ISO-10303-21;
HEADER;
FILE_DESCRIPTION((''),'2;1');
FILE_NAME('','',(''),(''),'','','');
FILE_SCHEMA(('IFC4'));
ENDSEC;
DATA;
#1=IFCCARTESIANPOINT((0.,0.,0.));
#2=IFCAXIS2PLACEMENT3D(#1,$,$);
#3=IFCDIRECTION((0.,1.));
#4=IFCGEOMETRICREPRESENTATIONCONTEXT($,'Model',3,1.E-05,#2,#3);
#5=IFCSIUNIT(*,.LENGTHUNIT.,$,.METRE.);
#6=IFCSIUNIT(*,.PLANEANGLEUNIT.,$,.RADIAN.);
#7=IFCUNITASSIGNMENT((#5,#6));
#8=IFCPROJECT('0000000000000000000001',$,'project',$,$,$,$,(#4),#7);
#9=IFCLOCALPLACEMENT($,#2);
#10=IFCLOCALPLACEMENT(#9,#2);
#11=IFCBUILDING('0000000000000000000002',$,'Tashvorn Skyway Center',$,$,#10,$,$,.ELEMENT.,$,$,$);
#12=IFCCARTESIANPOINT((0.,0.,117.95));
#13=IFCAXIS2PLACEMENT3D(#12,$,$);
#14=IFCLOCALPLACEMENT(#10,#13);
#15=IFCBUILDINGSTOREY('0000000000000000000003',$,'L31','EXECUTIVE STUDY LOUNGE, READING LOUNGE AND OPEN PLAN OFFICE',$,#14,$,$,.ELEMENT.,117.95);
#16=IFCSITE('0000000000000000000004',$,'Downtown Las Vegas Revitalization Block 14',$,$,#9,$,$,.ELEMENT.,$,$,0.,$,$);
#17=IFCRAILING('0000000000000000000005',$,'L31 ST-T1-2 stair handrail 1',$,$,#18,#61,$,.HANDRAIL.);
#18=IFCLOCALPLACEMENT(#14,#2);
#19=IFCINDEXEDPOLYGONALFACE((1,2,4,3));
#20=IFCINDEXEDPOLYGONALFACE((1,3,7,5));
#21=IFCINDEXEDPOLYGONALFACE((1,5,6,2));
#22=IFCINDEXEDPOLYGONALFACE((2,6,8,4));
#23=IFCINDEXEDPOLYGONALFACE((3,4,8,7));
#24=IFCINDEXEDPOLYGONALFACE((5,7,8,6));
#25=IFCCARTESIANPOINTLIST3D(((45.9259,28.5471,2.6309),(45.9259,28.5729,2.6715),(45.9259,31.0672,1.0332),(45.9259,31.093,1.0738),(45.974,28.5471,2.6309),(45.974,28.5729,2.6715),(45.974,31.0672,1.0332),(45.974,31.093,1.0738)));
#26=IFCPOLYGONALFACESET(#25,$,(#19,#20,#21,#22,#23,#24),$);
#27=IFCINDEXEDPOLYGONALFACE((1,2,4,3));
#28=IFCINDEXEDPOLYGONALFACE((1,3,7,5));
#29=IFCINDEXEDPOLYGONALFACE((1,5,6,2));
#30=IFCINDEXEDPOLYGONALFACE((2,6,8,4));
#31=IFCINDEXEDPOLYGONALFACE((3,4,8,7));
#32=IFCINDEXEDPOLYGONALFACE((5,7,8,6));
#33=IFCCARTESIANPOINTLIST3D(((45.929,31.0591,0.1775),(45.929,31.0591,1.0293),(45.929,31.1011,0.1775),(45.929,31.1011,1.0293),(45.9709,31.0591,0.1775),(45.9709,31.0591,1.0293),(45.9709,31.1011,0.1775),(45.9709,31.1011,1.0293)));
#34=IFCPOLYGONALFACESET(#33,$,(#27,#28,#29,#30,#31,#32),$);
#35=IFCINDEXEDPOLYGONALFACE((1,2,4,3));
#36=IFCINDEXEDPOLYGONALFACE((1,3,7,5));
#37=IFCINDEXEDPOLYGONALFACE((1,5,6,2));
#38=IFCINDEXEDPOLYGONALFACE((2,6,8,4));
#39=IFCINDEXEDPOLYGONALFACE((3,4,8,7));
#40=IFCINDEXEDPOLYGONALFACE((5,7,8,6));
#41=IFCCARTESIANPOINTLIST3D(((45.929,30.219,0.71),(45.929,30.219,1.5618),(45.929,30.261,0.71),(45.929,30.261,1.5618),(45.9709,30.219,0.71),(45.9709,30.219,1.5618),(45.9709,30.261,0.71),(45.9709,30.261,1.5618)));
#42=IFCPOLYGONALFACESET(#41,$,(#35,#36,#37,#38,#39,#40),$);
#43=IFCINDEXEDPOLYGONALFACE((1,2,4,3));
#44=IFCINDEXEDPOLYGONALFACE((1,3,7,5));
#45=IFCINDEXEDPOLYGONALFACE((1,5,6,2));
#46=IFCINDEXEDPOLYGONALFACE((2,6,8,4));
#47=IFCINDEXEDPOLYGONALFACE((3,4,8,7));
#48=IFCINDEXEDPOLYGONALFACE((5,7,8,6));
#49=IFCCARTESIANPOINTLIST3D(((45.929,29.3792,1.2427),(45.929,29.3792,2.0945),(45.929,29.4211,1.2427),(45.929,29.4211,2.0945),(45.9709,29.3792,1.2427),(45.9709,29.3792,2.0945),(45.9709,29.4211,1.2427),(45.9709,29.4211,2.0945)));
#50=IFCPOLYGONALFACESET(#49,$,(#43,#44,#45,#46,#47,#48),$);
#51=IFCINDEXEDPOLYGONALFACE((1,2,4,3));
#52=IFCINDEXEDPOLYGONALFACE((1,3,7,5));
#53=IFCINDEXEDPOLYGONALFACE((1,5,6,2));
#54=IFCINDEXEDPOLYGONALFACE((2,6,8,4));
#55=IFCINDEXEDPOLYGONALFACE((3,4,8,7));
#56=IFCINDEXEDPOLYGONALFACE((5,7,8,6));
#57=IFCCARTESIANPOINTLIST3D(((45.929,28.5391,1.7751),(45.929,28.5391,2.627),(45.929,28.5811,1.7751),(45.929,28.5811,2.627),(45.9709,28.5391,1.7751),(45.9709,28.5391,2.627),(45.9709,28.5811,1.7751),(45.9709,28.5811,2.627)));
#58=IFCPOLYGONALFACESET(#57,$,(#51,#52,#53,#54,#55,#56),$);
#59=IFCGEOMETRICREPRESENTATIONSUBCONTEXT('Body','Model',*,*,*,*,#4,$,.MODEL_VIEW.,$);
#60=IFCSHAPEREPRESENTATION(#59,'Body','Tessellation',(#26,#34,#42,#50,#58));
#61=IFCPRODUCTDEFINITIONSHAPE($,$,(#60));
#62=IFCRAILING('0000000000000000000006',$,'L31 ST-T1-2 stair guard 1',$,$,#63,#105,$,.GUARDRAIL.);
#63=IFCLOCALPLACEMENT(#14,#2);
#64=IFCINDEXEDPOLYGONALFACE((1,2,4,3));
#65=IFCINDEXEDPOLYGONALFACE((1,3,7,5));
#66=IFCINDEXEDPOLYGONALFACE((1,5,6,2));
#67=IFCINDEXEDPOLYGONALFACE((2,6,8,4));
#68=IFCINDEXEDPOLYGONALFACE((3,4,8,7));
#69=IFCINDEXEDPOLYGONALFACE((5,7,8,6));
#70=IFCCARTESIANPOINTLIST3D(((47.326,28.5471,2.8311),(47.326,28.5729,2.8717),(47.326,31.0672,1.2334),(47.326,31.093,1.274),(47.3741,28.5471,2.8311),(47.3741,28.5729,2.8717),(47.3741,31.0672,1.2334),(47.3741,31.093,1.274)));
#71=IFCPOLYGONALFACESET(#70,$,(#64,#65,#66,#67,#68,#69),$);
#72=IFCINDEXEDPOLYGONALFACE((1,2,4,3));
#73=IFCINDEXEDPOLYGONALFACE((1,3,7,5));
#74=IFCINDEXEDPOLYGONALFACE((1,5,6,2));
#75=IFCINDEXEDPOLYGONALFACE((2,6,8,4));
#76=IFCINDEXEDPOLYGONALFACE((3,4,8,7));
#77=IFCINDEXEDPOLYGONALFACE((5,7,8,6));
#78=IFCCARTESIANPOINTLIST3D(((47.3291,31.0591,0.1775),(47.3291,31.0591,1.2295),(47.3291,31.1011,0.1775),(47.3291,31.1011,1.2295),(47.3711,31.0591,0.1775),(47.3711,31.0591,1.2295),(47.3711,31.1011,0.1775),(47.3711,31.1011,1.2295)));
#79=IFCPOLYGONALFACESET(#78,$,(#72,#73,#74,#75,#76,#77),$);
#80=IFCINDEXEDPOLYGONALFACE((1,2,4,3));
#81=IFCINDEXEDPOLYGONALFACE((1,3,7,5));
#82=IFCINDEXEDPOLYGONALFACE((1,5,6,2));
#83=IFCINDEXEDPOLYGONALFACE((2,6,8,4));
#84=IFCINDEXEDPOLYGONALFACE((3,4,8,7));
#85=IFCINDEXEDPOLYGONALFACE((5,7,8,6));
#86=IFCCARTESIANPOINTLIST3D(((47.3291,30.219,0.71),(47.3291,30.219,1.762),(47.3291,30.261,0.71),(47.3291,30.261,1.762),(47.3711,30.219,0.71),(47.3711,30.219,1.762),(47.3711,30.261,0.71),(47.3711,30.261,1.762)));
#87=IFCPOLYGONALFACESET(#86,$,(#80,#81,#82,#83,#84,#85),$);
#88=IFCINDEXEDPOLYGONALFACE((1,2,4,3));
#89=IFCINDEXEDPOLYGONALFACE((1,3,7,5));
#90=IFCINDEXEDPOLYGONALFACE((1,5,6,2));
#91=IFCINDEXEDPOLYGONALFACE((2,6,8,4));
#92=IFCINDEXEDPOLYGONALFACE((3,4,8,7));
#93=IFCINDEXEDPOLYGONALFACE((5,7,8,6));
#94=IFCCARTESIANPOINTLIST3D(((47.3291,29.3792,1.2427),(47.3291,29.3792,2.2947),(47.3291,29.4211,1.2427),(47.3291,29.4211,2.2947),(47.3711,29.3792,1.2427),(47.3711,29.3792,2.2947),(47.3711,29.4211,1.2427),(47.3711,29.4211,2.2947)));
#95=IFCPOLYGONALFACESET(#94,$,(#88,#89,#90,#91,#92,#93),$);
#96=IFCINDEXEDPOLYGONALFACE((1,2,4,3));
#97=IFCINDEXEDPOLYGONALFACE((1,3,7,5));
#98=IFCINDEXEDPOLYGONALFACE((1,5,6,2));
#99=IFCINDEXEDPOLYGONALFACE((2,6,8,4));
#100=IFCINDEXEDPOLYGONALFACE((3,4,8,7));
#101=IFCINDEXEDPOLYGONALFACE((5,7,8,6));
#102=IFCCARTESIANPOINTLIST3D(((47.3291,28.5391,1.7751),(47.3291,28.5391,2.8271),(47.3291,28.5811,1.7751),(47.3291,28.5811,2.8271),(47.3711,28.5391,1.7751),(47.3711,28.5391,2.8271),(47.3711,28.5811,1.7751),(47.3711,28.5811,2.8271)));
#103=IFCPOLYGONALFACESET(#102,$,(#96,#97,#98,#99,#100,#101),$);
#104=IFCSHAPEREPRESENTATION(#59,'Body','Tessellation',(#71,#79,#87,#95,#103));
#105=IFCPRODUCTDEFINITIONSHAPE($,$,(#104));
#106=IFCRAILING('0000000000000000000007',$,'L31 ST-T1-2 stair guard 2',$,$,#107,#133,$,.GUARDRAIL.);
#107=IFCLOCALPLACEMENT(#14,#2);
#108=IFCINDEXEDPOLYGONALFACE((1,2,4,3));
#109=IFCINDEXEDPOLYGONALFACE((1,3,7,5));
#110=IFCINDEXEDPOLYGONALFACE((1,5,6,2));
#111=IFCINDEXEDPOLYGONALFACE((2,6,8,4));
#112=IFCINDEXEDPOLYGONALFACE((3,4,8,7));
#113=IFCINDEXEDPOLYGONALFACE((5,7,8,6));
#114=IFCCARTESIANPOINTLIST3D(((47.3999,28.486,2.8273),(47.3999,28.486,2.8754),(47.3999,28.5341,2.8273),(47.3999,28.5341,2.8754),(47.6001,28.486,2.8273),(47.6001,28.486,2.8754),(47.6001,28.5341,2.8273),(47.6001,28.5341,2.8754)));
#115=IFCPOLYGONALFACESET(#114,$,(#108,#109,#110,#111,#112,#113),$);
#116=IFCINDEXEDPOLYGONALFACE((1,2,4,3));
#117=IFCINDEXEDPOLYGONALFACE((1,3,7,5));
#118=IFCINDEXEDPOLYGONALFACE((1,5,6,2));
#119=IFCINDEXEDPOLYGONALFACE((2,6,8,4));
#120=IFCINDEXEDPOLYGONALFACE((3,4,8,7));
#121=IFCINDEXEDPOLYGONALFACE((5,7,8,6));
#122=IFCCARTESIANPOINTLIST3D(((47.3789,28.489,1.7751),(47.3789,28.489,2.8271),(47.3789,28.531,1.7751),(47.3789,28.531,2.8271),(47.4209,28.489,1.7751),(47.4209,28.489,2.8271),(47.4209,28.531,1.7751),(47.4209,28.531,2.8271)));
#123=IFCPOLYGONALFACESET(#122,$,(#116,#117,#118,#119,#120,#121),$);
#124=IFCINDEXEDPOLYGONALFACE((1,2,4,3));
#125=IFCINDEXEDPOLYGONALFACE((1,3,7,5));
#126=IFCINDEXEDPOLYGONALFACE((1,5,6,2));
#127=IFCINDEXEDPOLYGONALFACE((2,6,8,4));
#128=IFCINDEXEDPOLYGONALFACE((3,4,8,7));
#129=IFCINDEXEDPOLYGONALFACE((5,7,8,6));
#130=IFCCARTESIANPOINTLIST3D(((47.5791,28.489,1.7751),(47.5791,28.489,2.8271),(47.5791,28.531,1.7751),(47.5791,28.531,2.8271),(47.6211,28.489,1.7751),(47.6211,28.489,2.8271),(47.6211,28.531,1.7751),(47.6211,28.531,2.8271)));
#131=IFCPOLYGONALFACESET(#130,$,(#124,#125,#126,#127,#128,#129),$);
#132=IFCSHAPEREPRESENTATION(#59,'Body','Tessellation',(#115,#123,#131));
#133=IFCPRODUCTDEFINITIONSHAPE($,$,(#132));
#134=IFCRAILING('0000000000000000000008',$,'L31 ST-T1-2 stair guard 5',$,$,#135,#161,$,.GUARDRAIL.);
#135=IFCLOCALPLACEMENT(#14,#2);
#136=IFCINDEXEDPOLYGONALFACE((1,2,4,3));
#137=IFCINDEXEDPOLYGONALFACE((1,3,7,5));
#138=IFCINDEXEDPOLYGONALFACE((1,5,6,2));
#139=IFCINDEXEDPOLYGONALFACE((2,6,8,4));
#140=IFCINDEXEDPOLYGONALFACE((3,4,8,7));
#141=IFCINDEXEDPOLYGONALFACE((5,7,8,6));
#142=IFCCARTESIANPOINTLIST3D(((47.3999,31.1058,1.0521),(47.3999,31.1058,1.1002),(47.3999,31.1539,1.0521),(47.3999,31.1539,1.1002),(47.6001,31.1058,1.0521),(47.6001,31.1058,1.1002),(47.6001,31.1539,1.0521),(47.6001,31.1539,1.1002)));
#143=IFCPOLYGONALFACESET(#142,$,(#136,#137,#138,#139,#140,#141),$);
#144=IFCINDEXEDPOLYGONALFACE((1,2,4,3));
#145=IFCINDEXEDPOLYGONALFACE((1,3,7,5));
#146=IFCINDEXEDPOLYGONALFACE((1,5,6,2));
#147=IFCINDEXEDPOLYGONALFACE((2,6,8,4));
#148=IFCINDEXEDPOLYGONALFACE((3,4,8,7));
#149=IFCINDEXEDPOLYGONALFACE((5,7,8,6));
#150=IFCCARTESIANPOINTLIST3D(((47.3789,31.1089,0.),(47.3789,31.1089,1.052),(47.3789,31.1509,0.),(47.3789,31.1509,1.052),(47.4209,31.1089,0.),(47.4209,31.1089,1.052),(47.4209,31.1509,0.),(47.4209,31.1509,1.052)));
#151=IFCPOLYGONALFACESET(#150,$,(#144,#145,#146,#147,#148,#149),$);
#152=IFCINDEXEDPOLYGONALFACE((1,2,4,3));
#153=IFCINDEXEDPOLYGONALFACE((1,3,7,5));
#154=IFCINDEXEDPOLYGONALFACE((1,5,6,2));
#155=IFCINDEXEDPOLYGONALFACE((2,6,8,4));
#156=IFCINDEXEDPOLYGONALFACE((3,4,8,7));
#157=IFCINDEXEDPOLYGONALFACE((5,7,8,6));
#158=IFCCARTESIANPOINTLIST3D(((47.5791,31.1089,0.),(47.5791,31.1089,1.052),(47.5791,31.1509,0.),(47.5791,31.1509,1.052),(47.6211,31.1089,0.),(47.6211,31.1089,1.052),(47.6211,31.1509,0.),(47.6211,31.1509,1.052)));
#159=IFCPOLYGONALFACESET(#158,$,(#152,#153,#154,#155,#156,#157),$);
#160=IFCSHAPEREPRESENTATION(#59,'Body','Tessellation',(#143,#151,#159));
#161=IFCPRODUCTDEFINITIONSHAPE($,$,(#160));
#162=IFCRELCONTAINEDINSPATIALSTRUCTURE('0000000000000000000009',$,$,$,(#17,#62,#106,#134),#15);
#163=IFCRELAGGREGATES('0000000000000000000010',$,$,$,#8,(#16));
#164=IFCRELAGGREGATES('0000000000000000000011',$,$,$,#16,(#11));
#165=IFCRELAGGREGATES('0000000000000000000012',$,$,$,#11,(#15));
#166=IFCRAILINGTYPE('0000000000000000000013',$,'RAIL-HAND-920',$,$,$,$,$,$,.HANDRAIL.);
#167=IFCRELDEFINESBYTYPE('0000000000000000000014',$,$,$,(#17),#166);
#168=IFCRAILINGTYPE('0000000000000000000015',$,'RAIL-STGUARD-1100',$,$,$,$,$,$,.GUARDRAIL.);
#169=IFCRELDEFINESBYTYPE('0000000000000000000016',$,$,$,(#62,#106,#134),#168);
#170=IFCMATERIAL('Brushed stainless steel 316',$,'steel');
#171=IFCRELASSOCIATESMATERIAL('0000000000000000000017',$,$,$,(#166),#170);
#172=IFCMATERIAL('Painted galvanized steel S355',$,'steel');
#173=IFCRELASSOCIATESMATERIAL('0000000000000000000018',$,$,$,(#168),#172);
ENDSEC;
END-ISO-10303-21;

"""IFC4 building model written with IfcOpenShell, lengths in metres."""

from ifc_helpers import new_model, si_unit, direction, frame, origin, origin_2d, place, context, subcontext, project, spatial, rectangle, extrude, material, type_object, element, save


model = new_model("IFC4")

# Units and contexts
model_context = context("Model", 3, precision=1e-05, world=origin(), true_north=direction((0.0, 1.0)))
body_context = subcontext(model_context, "Body", "Model", "MODEL_VIEW")
ifc_project = project(units=[si_unit("LENGTHUNIT", "METRE"), si_unit("PLANEANGLEUNIT", "RADIAN")], contexts=[model_context])

# Site, building, storey
site_placement = place(None, origin())
site = spatial("IfcSite", under=ifc_project, at=site_placement, Name="Downtown Las Vegas Revitalization Block 14", CompositionType="ELEMENT", RefElevation=0.0)
building_placement = place(site_placement, origin())
building = spatial("IfcBuilding", under=site, at=building_placement, Name="Tashvorn Skyway Center", CompositionType="ELEMENT")
storey_placement = place(building_placement, frame((0.0, 0.0, 117.95)))
storey = spatial("IfcBuildingStorey", under=building, at=storey_placement, Name="L31", Description="EXECUTIVE STUDY LOUNGE, READING LOUNGE AND OPEN PLAN OFFICE", CompositionType="ELEMENT", Elevation=117.95)

# Railings
ifc_material_1 = material(Name="Brushed stainless steel 316", Category="steel")
railing_type_1 = type_object("IfcRailingType", Name="RAIL-HAND-920", PredefinedType="HANDRAIL", material=ifc_material_1)
railing_1_placement = place(storey_placement, frame((45.95, 31.0801, 0.1775)))
element("IfcRailing", 1, at=railing_1_placement, inside=storey, type_object=railing_type_1, Name="L31 ST-T1-2 stair handrail 1", PredefinedType="HANDRAIL", context=body_context, shape_type="SweptSolid", body=[
    extrude(rectangle(XDim=0.0481, YDim=0.0481, at=origin_2d()), frame((0.0, 0.0, 0.876), z_axis=(0.0, -0.84457, 0.535445), x_axis=(1.0, 0.0, 0.0)), (0.0, 0.0, 1.0), 2.9839),
    extrude(rectangle(XDim=0.042, YDim=0.042, at=origin_2d()), origin(), (0.0, 0.0, 1.0), 0.8518),
    extrude(rectangle(XDim=0.042, YDim=0.042, at=origin_2d()), frame((0.0, -0.8401, 0.5325)), (0.0, 0.0, 1.0), 0.8518),
    extrude(rectangle(XDim=0.042, YDim=0.042, at=origin_2d()), frame((0.0, -1.6799, 1.0652)), (0.0, 0.0, 1.0), 0.8518),
    extrude(rectangle(XDim=0.042, YDim=0.042, at=origin_2d()), frame((0.0, -2.52, 1.5977)), (0.0, 0.0, 1.0), 0.8518),
])
ifc_material_2 = material(Name="Painted galvanized steel S355", Category="steel")
railing_type_2 = type_object("IfcRailingType", Name="RAIL-STGUARD-1100", PredefinedType="GUARDRAIL", material=ifc_material_2)
railing_2_placement = place(storey_placement, frame((47.3501, 31.0801, 0.1775)))
element("IfcRailing", 2, at=railing_2_placement, inside=storey, type_object=railing_type_2, Name="L31 ST-T1-2 stair guard 1", PredefinedType="GUARDRAIL", context=body_context, shape_type="SweptSolid", body=[
    extrude(rectangle(XDim=0.0481, YDim=0.0481, at=origin_2d()), frame((0.0, 0.0, 1.0762), z_axis=(0.0, -0.84457, 0.535445), x_axis=(1.0, 0.0, 0.0)), (0.0, 0.0, 1.0), 2.9839),
    extrude(rectangle(XDim=0.042, YDim=0.042, at=origin_2d()), origin(), (0.0, 0.0, 1.0), 1.052),
    extrude(rectangle(XDim=0.042, YDim=0.042, at=origin_2d()), frame((0.0, -0.8401, 0.5325)), (0.0, 0.0, 1.0), 1.052),
    extrude(rectangle(XDim=0.042, YDim=0.042, at=origin_2d()), frame((0.0, -1.6799, 1.0652)), (0.0, 0.0, 1.0), 1.052),
    extrude(rectangle(XDim=0.042, YDim=0.042, at=origin_2d()), frame((0.0, -2.52, 1.5977)), (0.0, 0.0, 1.0), 1.052),
])
for number, where, name in (
    (3, (47.3999, 28.51, 1.7751), "L31 ST-T1-2 stair guard 2"),
    (4, (47.3999, 31.1299, 0.0), "L31 ST-T1-2 stair guard 5"),
):
    element("IfcRailing", number, at=place(storey_placement, frame(where)), inside=storey, type_object=railing_type_2, Name=name, PredefinedType="GUARDRAIL", context=body_context, shape_type="SweptSolid", body=[
        extrude(rectangle(XDim=0.0481, YDim=0.0481, at=origin_2d()), frame((0.0, 0.0, 1.0762), z_axis=(1.0, 0.0, 0.0), x_axis=(0.0, 1.0, 0.0)), (0.0, 0.0, 1.0), 0.2002),
        extrude(rectangle(XDim=0.042, YDim=0.042, at=origin_2d()), origin(), (0.0, 0.0, 1.0), 1.052),
        extrude(rectangle(XDim=0.042, YDim=0.042, at=origin_2d()), frame((0.2002, 0.0, 0.0)), (0.0, 0.0, 1.0), 1.052),
    ])

save(model, "model.ifc")
